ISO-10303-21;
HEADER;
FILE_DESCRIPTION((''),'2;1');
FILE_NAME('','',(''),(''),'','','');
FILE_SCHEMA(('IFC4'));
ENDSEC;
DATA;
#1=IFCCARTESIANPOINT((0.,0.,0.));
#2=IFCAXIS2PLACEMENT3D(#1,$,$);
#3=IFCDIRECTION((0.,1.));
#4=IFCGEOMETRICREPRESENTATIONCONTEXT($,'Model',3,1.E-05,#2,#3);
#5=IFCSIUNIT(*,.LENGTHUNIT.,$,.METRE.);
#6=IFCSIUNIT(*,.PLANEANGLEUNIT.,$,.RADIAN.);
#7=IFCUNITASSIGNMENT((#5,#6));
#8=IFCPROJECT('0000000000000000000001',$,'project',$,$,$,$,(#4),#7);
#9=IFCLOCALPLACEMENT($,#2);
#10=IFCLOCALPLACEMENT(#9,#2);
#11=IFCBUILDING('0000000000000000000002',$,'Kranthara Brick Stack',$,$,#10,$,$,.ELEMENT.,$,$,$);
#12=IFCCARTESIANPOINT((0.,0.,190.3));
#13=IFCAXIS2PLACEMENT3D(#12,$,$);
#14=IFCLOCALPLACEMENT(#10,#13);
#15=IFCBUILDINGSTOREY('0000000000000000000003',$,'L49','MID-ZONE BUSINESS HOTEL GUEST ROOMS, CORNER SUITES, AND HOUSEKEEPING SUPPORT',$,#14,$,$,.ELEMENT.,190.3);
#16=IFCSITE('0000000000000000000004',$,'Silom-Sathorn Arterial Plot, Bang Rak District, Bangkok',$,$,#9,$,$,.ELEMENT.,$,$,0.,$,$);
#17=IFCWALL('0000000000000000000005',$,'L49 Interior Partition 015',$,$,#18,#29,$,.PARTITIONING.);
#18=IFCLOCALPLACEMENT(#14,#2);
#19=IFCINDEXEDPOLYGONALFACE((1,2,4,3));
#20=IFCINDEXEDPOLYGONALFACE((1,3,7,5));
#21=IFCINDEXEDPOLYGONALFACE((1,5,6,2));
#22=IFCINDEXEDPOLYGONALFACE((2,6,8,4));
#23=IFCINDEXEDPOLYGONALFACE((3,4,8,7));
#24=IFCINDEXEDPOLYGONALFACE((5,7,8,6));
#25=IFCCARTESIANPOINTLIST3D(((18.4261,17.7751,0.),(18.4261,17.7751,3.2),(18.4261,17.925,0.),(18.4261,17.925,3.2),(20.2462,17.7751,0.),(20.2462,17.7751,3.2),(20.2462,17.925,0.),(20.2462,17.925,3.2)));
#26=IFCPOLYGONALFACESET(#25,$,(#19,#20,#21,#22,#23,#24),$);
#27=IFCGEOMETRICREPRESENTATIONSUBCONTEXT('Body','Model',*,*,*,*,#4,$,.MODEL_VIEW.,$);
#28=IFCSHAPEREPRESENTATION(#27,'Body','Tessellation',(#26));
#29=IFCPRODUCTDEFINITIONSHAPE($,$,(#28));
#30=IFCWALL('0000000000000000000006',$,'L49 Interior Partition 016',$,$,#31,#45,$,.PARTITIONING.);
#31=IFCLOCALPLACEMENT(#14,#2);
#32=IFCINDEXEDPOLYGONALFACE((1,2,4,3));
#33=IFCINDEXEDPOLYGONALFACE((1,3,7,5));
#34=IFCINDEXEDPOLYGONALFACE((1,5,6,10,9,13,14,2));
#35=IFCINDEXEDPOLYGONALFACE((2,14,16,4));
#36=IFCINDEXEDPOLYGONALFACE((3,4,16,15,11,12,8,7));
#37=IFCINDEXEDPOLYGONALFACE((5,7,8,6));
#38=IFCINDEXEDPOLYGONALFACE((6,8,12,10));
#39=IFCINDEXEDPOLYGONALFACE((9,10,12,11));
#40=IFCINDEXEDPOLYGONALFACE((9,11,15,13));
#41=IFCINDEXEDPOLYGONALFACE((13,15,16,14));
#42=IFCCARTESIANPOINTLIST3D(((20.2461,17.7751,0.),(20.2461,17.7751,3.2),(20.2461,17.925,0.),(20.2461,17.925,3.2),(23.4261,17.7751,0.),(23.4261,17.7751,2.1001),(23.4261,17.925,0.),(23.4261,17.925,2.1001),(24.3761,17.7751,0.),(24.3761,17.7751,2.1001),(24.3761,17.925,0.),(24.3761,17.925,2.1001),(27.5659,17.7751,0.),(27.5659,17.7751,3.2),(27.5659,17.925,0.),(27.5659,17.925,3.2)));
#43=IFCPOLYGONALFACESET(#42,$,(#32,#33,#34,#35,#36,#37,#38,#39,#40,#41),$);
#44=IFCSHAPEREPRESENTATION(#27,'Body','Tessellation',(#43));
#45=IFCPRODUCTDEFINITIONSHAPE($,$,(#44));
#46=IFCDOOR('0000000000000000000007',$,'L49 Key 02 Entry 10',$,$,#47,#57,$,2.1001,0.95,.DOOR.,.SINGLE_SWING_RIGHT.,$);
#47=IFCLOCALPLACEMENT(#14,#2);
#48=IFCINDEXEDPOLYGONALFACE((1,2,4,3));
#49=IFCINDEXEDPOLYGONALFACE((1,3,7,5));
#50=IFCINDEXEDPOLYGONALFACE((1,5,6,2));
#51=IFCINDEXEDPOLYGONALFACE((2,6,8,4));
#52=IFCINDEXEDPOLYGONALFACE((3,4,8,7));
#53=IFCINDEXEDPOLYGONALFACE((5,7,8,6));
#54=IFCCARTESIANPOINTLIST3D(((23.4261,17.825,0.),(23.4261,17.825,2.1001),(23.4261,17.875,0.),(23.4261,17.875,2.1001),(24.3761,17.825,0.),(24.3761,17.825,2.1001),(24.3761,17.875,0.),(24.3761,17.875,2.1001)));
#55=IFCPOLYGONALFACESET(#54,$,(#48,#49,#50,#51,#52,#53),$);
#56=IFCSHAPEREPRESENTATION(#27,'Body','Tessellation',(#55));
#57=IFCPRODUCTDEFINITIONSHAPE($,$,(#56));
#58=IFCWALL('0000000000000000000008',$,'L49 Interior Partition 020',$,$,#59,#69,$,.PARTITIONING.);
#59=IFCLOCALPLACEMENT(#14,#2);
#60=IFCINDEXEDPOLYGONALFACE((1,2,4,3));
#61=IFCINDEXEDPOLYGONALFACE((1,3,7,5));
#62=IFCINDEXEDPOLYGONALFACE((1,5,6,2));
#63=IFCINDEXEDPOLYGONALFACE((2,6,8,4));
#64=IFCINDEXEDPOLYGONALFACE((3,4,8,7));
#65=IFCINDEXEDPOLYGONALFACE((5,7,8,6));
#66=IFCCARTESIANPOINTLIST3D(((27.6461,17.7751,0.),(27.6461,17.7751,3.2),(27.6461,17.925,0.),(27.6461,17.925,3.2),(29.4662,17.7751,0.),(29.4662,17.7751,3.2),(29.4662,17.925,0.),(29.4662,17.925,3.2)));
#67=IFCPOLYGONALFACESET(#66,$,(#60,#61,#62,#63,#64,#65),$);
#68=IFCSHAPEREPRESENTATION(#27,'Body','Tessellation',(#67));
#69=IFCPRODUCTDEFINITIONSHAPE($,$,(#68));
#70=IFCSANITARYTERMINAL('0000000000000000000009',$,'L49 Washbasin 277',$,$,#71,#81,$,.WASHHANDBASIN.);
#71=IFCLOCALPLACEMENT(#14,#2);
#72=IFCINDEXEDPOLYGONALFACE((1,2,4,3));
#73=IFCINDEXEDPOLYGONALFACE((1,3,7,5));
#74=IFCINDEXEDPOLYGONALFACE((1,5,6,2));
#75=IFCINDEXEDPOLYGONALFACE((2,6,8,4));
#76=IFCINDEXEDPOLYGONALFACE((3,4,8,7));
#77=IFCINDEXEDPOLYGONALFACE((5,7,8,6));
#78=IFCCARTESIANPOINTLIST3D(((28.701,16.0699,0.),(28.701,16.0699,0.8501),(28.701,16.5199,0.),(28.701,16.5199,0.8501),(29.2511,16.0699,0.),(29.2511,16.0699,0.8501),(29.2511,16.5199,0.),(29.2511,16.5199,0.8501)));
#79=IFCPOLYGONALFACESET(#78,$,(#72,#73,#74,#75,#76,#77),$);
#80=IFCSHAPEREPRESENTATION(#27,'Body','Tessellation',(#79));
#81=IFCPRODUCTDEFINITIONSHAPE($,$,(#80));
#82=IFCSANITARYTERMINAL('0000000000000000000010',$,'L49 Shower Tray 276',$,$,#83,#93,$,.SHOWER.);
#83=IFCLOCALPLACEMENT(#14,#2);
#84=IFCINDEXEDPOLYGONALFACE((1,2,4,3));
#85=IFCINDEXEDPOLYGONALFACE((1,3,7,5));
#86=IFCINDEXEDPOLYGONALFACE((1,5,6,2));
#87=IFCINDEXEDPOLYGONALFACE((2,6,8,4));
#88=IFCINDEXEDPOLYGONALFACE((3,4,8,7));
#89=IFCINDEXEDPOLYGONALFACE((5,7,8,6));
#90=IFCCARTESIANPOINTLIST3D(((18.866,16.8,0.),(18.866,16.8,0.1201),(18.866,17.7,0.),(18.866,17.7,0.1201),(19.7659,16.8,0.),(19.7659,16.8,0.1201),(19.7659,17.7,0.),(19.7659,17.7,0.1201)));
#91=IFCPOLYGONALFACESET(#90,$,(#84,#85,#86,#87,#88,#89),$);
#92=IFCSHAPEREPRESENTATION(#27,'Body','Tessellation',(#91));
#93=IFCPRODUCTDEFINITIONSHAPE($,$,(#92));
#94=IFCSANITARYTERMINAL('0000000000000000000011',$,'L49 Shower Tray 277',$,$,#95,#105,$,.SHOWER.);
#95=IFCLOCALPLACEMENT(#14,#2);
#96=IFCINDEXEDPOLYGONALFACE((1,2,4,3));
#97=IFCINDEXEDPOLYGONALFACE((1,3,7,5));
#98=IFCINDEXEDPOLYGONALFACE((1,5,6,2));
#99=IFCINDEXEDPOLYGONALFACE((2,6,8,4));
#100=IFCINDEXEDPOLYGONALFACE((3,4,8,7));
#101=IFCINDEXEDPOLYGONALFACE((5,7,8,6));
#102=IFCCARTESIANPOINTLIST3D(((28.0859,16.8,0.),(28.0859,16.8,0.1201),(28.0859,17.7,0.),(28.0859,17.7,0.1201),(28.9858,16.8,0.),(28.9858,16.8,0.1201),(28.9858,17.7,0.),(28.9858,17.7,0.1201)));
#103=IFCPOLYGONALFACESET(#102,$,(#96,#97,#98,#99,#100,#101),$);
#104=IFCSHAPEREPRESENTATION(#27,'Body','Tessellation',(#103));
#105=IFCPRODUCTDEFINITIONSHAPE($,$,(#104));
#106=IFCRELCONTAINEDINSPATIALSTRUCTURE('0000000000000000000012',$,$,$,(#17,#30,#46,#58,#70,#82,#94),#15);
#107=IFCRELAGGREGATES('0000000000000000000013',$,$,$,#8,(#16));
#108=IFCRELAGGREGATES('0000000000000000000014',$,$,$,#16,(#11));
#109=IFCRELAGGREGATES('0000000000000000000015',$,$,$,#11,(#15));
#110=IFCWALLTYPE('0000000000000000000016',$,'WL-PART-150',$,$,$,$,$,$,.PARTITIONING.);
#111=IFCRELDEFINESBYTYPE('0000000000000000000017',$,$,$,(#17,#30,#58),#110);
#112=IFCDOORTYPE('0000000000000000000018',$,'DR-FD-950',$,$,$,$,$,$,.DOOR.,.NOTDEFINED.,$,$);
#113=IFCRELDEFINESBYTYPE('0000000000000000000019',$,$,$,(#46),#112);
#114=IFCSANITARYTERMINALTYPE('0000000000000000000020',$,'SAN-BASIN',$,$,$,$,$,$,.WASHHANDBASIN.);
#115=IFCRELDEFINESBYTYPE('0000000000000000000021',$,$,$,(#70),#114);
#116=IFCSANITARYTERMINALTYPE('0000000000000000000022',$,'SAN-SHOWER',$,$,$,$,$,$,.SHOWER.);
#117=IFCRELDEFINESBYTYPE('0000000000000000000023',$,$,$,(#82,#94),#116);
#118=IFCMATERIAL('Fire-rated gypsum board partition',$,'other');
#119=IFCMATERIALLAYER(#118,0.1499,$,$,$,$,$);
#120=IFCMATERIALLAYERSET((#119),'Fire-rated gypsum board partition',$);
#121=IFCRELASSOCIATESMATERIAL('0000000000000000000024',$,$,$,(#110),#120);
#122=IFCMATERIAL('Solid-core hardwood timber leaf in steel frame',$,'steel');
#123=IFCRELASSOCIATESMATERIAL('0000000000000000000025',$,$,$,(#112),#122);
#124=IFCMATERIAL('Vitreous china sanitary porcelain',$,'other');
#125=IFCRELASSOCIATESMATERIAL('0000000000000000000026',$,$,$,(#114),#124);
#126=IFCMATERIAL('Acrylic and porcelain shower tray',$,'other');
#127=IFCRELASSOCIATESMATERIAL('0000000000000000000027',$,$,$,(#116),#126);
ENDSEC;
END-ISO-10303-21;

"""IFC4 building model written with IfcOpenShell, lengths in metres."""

from ifc_helpers import new_model, si_unit, direction, frame, frame_2d, origin, origin_2d, place, context, subcontext, project, spatial, rectangle, extrude, material, layer, layer_set, type_object, element, fill, save


model = new_model("IFC4")

# Units and contexts
model_context = context("Model", 3, precision=1e-05, world=origin(), true_north=direction((0.0, 1.0)))
body_context = subcontext(model_context, "Body", "Model", "MODEL_VIEW")
ifc_project = project(units=[si_unit("LENGTHUNIT", "METRE"), si_unit("PLANEANGLEUNIT", "RADIAN")], contexts=[model_context])

# Site, building, storey
site_placement = place(None, origin())
site = spatial("IfcSite", under=ifc_project, at=site_placement, Name="Silom-Sathorn Arterial Plot, Bang Rak District, Bangkok", CompositionType="ELEMENT", RefElevation=0.0)
building_placement = place(site_placement, origin())
building = spatial("IfcBuilding", under=site, at=building_placement, Name="Kranthara Brick Stack", CompositionType="ELEMENT")
storey_placement = place(building_placement, frame((0.0, 0.0, 190.3)))
storey = spatial("IfcBuildingStorey", under=building, at=storey_placement, Name="L49", Description="MID-ZONE BUSINESS HOTEL GUEST ROOMS, CORNER SUITES, AND HOUSEKEEPING SUPPORT", CompositionType="ELEMENT", Elevation=190.3)

# Wall
ifc_material_1 = material(Name="Fire-rated gypsum board partition", Category="other")
ifc_layer_1 = layer(ifc_material_1, 0.1499)
ifc_layer_set_1 = layer_set([ifc_layer_1], Name="Fire-rated gypsum board partition")
wall_type_1 = type_object("IfcWallType", Name="WL-PART-150", PredefinedType="PARTITIONING", material=ifc_layer_set_1)
wall_1_placement = place(storey_placement, frame((18.426, 17.8501, 0.0), z_axis=(0.0, 0.0, 1.0), x_axis=(1.0, 0.0, 0.0)))
element("IfcWall", 1, at=wall_1_placement, inside=storey, type_object=wall_type_1, Name="L49 Interior Partition 015", PredefinedType="PARTITIONING", context=body_context, shape_type="SweptSolid", body=[
    extrude(rectangle(XDim=1.8201, YDim=0.1499, at=frame_2d((0.9102, 0.0))), origin(), (0.0, 0.0, 1.0), 3.2),
])

# Wall, opening, door
wall_2_placement = place(storey_placement, frame((20.2461, 17.8501, 0.0), z_axis=(0.0, 0.0, 1.0), x_axis=(1.0, 0.0, 0.0)))
wall_2 = element("IfcWall", 2, at=wall_2_placement, inside=storey, type_object=wall_type_1, Name="L49 Interior Partition 016", PredefinedType="PARTITIONING", context=body_context, shape_type="SweptSolid", body=[
    extrude(rectangle(XDim=7.3198, YDim=0.1499, at=frame_2d((3.6599, 0.0))), origin(), (0.0, 0.0, 1.0), 3.2),
])
opening_1_placement = place(wall_2_placement, frame((3.1799, 0.0, 0.0)))
opening_1 = element("IfcOpeningElement", 3, at=opening_1_placement, cuts=wall_2, PredefinedType="OPENING", context=body_context, shape_type="SweptSolid", body=[
    extrude(rectangle(XDim=0.95, YDim=2.1001, at=frame_2d((0.4751, 1.05))), frame((0.0, 0.085, 0.0), z_axis=(0.0, -1.0, 0.0), x_axis=(1.0, 0.0, 0.0)), (0.0, 0.0, 1.0), 0.1699),
])
ifc_material_2 = material(Name="Solid-core hardwood timber leaf in steel frame", Category="steel")
door_type_1 = type_object("IfcDoorType", Name="DR-FD-950", OperationType="NOTDEFINED", PredefinedType="DOOR", material=ifc_material_2)
door_1_placement = place(opening_1_placement, origin())
door_1 = element("IfcDoor", 4, at=door_1_placement, inside=storey, type_object=door_type_1, Name="L49 Key 02 Entry 10", OperationType="SINGLE_SWING_RIGHT", OverallHeight=2.1001, OverallWidth=0.95, PredefinedType="DOOR", context=body_context, shape_type="SweptSolid", body=[
    extrude(rectangle(XDim=0.95, YDim=2.1001, at=frame_2d((0.4751, 1.05))), frame((0.0, 0.0249, 0.0), z_axis=(0.0, -1.0, 0.0), x_axis=(1.0, 0.0, 0.0)), (0.0, 0.0, 1.0), 0.05),
])
fill(opening_1, door_1)

# Wall
wall_3_placement = place(storey_placement, frame((27.646, 17.8501, 0.0), z_axis=(0.0, 0.0, 1.0), x_axis=(1.0, 0.0, 0.0)))
element("IfcWall", 5, at=wall_3_placement, inside=storey, type_object=wall_type_1, Name="L49 Interior Partition 020", PredefinedType="PARTITIONING", context=body_context, shape_type="SweptSolid", body=[
    extrude(rectangle(XDim=1.8201, YDim=0.1499, at=frame_2d((0.9102, 0.0))), origin(), (0.0, 0.0, 1.0), 3.2),
])

# Sanitary terminals
ifc_material_3 = material(Name="Vitreous china sanitary porcelain", Category="other")
sanitary_terminal_type_1 = type_object("IfcSanitaryTerminalType", Name="SAN-BASIN", PredefinedType="WASHHANDBASIN", material=ifc_material_3)
sanitary_terminal_placement = place(storey_placement, frame((28.9761, 16.2949, 0.0), z_axis=(0.0, 0.0, 1.0), x_axis=(1.0, 0.0, 0.0)))
element("IfcSanitaryTerminal", 6, at=sanitary_terminal_placement, inside=storey, type_object=sanitary_terminal_type_1, Name="L49 Washbasin 277", PredefinedType="WASHHANDBASIN", context=body_context, shape_type="SweptSolid", body=[
    extrude(rectangle(XDim=0.55, YDim=0.45, at=origin_2d()), origin(), (0.0, 0.0, 1.0), 0.8501),
])
ifc_material_4 = material(Name="Acrylic and porcelain shower tray", Category="other")
sanitary_terminal_type_2 = type_object("IfcSanitaryTerminalType", Name="SAN-SHOWER", PredefinedType="SHOWER", material=ifc_material_4)
for number, where, z_axis, x_axis, name in (
    (7, (19.3159, 17.25, 0.0), (0.0, 0.0, 1.0), (1.0, 0.0, 0.0), "L49 Shower Tray 276"),
    (8, (28.5359, 17.25, 0.0), (0.0, 0.0, 1.0), (1.0, 0.0, 0.0), "L49 Shower Tray 277"),
):
    element("IfcSanitaryTerminal", number, at=place(storey_placement, frame(where, z_axis=z_axis, x_axis=x_axis)), inside=storey, type_object=sanitary_terminal_type_2, Name=name, PredefinedType="SHOWER", context=body_context, shape_type="SweptSolid", body=[
        extrude(rectangle(XDim=0.8999, YDim=0.8999, at=origin_2d()), origin(), (0.0, 0.0, 1.0), 0.1201),
    ])

save(model, "model.ifc")
